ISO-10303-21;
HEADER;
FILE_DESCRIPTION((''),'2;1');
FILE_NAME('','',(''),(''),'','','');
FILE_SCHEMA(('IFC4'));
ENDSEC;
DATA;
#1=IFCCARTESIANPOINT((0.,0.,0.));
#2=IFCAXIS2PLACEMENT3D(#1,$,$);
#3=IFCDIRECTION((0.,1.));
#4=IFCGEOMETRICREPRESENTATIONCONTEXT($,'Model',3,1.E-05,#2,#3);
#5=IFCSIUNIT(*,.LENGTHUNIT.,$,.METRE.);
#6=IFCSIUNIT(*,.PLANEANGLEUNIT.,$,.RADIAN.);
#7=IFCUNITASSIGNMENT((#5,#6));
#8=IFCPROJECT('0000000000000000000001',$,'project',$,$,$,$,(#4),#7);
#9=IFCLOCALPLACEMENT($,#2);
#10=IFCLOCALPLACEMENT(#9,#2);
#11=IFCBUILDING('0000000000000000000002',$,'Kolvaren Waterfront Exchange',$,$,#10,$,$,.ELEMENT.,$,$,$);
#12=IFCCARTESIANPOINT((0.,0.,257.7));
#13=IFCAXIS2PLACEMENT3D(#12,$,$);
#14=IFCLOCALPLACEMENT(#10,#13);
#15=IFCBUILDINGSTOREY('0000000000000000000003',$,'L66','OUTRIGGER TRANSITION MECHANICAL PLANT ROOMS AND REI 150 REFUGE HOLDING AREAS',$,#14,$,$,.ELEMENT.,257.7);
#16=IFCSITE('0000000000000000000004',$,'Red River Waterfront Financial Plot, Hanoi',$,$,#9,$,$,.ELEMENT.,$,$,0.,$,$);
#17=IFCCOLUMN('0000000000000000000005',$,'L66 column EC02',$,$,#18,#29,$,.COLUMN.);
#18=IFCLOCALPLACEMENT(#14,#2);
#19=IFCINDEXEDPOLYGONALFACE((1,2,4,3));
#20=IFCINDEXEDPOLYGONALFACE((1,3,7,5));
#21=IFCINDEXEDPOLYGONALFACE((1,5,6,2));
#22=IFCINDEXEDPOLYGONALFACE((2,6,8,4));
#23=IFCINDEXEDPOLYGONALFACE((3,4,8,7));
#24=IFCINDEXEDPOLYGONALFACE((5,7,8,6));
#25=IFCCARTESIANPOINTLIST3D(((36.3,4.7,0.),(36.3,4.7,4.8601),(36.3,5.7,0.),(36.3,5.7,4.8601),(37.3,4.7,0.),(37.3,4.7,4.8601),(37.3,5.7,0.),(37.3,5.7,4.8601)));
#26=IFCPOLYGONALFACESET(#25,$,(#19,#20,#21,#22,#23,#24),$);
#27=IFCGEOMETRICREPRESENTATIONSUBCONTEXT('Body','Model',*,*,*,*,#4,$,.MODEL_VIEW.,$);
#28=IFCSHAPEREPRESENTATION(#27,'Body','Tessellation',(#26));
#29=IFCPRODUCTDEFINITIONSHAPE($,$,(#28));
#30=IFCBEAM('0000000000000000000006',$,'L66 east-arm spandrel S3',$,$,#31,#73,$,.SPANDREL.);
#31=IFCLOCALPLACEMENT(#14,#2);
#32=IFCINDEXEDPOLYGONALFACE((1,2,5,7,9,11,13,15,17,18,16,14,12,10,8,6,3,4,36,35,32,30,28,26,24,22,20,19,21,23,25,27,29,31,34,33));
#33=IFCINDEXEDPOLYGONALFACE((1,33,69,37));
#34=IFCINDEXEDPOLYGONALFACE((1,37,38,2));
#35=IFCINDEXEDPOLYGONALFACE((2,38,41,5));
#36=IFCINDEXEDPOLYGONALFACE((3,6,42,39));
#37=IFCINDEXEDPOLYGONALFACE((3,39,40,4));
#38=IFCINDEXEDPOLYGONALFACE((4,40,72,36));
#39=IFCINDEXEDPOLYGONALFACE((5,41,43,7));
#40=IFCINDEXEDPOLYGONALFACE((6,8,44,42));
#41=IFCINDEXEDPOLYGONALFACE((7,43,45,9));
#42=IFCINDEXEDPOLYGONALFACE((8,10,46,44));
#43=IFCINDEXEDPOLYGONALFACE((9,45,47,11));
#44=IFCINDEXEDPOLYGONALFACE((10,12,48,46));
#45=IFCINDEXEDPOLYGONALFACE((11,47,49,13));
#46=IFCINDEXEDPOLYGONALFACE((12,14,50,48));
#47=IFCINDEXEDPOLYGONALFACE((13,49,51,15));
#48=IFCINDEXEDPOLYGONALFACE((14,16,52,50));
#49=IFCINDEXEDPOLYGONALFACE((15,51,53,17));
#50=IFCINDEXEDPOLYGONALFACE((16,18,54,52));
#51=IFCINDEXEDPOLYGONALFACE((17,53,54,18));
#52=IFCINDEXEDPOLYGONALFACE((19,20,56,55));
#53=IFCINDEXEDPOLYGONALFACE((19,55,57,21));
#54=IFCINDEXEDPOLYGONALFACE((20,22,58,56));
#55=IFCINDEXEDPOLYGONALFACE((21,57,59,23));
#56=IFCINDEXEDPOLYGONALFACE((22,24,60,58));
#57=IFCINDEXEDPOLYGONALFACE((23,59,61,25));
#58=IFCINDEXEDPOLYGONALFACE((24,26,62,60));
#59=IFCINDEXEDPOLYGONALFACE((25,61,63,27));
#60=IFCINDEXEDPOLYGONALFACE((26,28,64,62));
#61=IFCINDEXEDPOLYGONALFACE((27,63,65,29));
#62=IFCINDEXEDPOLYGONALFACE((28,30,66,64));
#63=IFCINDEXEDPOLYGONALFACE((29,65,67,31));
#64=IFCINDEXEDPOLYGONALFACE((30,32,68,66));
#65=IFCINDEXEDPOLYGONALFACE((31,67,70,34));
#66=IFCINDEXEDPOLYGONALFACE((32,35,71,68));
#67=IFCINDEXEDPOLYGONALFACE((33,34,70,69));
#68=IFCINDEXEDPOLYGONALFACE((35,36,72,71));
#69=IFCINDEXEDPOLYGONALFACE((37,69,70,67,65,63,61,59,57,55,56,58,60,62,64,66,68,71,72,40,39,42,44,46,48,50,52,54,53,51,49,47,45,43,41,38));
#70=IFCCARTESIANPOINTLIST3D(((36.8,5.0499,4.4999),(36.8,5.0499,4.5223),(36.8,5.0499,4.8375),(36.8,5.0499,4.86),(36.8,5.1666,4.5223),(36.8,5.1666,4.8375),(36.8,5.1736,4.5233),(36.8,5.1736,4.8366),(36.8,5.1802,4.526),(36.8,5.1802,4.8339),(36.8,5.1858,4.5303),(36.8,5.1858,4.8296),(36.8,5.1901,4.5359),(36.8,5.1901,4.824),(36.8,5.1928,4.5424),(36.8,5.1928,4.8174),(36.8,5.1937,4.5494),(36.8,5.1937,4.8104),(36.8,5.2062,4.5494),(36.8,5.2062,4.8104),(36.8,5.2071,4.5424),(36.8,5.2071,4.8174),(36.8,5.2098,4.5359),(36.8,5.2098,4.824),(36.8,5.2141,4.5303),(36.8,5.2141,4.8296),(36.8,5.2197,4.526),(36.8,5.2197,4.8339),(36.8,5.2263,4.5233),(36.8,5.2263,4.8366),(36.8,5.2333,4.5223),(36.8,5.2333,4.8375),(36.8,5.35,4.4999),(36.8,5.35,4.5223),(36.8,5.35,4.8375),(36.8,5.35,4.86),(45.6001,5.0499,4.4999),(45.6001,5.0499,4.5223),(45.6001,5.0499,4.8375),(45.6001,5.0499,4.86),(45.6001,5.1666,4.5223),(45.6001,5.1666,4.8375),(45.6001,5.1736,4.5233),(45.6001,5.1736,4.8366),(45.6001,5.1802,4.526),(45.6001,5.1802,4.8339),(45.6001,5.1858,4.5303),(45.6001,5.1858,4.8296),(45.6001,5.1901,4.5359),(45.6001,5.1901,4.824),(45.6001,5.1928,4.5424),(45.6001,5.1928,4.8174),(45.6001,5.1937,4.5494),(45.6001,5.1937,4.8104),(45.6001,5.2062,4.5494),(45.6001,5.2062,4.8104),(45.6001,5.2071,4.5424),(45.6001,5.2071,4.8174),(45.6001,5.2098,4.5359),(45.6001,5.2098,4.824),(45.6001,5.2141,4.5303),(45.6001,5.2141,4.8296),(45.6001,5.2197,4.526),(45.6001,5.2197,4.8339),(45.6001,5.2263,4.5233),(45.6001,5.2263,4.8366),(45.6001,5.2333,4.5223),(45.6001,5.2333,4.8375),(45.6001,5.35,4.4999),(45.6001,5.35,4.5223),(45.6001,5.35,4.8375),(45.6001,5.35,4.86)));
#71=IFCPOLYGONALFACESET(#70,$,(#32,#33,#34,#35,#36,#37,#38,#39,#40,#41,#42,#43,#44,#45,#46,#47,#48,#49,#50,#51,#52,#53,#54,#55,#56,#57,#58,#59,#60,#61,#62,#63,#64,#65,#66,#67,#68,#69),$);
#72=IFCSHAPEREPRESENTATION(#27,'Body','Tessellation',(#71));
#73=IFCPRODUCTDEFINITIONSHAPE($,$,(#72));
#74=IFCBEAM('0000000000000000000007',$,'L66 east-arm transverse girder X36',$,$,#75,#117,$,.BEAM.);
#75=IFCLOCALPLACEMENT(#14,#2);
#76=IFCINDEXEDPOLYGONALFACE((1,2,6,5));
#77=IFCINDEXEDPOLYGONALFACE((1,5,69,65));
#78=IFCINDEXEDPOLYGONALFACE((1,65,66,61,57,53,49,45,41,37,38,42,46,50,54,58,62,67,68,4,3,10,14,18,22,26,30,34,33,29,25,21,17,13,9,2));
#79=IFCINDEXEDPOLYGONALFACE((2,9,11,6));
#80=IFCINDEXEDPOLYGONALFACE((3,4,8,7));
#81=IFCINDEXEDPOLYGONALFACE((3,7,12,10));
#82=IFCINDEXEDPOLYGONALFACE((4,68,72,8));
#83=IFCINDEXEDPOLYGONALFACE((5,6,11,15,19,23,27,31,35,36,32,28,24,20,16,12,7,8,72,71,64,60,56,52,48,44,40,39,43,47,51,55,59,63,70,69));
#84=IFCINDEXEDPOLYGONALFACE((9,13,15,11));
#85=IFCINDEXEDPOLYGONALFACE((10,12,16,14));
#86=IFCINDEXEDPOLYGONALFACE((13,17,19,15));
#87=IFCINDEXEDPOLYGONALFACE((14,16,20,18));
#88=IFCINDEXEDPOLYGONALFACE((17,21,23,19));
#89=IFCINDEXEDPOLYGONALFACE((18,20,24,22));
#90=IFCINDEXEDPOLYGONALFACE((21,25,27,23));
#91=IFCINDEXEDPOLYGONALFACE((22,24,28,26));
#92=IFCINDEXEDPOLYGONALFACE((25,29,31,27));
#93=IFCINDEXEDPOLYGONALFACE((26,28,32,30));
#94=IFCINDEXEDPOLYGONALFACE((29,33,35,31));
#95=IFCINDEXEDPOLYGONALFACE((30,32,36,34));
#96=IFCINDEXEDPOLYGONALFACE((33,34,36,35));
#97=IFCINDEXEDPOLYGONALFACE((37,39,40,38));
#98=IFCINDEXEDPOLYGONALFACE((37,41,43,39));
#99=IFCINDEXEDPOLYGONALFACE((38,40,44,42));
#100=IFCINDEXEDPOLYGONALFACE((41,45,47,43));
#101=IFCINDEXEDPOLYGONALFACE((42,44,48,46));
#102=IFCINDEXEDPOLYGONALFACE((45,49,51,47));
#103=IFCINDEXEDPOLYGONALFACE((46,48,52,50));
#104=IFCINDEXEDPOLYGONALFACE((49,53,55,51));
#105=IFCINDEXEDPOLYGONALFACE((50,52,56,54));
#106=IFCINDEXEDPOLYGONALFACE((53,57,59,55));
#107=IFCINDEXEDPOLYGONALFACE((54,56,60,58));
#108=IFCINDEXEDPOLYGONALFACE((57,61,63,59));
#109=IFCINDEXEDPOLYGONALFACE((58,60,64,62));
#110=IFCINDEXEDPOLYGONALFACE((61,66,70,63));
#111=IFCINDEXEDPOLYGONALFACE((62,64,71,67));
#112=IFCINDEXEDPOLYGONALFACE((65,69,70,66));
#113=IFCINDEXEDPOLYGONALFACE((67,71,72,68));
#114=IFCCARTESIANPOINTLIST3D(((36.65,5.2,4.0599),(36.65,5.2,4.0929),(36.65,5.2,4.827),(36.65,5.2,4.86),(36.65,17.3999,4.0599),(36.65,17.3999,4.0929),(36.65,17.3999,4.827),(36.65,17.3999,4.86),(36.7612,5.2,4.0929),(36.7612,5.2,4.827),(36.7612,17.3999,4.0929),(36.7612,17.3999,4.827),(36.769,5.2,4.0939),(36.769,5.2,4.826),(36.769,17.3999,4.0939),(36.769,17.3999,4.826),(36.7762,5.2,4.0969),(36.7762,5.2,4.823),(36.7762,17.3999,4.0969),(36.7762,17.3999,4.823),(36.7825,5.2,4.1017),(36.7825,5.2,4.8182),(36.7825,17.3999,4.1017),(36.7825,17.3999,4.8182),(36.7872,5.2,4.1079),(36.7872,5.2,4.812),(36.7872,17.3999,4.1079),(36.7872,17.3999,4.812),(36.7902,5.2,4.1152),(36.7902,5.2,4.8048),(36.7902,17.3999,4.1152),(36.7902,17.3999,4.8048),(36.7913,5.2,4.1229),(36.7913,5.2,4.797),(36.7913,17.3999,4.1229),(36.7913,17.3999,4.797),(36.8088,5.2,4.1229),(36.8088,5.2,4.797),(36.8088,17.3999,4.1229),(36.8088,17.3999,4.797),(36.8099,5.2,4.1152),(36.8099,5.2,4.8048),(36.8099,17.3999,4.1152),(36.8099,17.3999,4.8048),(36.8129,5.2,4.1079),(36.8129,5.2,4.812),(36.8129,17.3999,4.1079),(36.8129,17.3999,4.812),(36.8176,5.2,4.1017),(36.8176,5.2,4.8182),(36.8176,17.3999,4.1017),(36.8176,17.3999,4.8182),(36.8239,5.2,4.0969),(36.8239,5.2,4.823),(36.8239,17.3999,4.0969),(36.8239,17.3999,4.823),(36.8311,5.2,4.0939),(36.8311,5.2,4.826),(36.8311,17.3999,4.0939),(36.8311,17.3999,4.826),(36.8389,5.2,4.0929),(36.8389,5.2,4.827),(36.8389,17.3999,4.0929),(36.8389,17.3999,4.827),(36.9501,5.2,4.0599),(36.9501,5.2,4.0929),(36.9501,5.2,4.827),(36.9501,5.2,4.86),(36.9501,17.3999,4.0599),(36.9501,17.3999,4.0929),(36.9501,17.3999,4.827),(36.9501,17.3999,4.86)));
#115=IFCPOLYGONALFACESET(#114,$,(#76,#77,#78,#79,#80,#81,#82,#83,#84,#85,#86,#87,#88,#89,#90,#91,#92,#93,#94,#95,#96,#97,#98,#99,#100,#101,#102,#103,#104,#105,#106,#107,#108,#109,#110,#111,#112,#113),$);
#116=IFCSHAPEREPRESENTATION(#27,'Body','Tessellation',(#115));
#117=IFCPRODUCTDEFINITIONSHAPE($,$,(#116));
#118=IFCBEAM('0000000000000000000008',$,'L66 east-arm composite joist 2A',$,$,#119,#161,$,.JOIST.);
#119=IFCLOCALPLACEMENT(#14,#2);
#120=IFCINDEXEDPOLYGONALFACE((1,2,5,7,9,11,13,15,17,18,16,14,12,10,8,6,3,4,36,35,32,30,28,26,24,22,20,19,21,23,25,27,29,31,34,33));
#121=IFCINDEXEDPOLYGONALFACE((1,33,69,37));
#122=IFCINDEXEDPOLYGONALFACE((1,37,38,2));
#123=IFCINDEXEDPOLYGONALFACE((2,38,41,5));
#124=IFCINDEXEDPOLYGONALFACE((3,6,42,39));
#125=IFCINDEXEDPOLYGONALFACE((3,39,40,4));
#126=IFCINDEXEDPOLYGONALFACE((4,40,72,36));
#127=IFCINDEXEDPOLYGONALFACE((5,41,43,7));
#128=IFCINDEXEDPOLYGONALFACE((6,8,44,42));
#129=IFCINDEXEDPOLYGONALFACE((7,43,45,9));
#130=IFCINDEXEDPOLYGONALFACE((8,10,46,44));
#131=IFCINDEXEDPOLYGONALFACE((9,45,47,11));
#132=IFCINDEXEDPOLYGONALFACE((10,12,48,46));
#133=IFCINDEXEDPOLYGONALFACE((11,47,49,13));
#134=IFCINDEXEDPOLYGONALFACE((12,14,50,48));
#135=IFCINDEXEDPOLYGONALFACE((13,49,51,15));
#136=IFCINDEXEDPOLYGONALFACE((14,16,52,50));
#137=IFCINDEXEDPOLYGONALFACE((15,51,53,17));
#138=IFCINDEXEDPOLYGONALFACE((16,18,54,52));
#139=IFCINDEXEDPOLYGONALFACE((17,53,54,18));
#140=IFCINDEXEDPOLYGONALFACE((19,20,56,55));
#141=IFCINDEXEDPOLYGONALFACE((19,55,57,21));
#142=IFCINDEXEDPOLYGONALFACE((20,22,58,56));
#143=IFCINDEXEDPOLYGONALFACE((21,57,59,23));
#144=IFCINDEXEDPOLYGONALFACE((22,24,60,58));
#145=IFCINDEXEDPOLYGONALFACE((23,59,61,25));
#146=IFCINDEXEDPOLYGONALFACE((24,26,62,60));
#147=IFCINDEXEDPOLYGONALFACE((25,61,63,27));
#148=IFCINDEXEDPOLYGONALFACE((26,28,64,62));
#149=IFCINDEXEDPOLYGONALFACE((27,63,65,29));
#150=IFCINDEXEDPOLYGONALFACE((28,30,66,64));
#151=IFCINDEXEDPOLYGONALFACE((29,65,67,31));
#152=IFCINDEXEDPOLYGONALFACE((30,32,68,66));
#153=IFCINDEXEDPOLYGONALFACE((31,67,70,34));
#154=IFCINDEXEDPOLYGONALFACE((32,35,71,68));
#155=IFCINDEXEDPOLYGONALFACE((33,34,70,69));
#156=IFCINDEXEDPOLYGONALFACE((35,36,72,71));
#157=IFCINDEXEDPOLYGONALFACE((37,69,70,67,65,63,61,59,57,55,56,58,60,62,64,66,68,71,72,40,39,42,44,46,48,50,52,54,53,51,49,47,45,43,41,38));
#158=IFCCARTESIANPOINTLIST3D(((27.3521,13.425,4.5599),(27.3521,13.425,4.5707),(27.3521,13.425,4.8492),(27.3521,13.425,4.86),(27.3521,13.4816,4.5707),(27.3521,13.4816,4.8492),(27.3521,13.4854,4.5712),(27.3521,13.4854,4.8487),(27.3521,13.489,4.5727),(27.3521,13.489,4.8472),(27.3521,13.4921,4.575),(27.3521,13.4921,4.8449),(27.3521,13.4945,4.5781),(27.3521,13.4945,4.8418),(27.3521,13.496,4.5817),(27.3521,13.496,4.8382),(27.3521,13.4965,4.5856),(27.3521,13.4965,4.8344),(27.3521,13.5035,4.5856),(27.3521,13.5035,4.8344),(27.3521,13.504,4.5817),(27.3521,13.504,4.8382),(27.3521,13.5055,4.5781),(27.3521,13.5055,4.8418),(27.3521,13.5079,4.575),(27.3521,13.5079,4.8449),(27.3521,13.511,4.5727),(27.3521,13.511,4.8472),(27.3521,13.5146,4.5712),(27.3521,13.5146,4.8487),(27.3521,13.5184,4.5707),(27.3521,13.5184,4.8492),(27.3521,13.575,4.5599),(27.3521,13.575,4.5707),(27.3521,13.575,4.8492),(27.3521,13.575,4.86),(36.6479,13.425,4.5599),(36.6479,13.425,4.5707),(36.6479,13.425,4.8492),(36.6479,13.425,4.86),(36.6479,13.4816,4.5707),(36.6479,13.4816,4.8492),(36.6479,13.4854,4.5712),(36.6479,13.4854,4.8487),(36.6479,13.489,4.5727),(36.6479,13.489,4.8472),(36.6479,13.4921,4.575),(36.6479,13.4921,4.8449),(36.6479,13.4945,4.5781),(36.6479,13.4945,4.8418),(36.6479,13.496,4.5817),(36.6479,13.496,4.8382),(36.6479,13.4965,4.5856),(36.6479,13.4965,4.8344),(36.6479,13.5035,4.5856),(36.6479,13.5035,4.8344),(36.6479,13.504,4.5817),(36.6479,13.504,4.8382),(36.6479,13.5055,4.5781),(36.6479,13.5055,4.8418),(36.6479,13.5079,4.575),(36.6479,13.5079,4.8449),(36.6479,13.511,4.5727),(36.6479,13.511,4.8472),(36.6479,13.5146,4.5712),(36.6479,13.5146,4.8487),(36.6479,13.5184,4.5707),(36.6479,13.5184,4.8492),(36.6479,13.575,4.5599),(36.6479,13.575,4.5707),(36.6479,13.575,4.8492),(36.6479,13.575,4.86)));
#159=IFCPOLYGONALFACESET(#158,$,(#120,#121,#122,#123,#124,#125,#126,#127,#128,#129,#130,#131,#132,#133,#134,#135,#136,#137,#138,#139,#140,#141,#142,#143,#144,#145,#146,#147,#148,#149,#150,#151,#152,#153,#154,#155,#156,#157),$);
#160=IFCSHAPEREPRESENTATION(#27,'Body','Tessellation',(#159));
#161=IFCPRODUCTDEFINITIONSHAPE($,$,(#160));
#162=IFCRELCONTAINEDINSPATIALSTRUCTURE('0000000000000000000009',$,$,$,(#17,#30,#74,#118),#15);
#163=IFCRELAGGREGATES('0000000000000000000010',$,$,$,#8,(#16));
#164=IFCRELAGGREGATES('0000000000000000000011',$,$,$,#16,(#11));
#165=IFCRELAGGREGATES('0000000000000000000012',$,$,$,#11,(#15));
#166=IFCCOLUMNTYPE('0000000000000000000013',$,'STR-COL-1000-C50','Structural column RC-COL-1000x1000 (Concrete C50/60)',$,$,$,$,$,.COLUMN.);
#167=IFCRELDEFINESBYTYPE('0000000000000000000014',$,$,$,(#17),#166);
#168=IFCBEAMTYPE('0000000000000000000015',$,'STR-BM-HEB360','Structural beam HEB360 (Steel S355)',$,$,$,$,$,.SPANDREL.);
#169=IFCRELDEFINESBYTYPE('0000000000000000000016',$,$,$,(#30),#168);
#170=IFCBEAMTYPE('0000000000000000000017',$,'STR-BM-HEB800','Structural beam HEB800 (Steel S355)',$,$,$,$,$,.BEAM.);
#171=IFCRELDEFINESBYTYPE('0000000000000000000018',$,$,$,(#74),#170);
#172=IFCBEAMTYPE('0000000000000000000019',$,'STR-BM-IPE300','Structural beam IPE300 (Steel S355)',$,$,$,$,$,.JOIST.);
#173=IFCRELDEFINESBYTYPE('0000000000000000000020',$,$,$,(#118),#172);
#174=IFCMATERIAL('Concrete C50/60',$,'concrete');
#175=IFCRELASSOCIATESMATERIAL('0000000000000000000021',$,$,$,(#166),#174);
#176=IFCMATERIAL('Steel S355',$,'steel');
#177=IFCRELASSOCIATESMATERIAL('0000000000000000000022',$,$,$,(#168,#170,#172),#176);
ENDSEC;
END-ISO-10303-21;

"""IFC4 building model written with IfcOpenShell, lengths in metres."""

from ifc_helpers import new_model, si_unit, direction, frame, origin, origin_2d, place, context, subcontext, project, spatial, rectangle, i_section, extrude, material, material_profile, profile_set, type_object, element, save


model = new_model("IFC4")

# Units and contexts
model_context = context("Model", 3, precision=1e-05, world=origin(), true_north=direction((0.0, 1.0)))
body_context = subcontext(model_context, "Body", "Model", "MODEL_VIEW")
ifc_project = project(units=[si_unit("LENGTHUNIT", "METRE"), si_unit("PLANEANGLEUNIT", "RADIAN")], contexts=[model_context])

# Site, building, storey
site_placement = place(None, origin())
site = spatial("IfcSite", under=ifc_project, at=site_placement, Name="Red River Waterfront Financial Plot, Hanoi", CompositionType="ELEMENT", RefElevation=0.0)
building_placement = place(site_placement, origin())
building = spatial("IfcBuilding", under=site, at=building_placement, Name="Kolvaren Waterfront Exchange", CompositionType="ELEMENT")
storey_placement = place(building_placement, frame((0.0, 0.0, 257.7)))
storey = spatial("IfcBuildingStorey", under=building, at=storey_placement, Name="L66", Description="OUTRIGGER TRANSITION MECHANICAL PLANT ROOMS AND REI 150 REFUGE HOLDING AREAS", CompositionType="ELEMENT", Elevation=257.7)

# Column
ifc_material_1 = material(Name="Concrete C50/60", Category="concrete")
ifc_material_profile_1 = material_profile(ifc_material_1, rectangle(XDim=1.0, YDim=1.0, at=origin_2d()), Name="RC-COL-1000x1000")
ifc_profile_set_1 = profile_set([ifc_material_profile_1], Name="Concrete C50/60")
column_type = type_object("IfcColumnType", Name="STR-COL-1000-C50", Description="Structural column RC-COL-1000x1000 (Concrete C50/60)", PredefinedType="COLUMN", material=ifc_profile_set_1)
column_placement = place(storey_placement, frame((36.8, 5.2, 0.0), z_axis=(0.0, 0.0, 1.0), x_axis=(1.0, 0.0, 0.0)))
element("IfcColumn", 1, at=column_placement, inside=storey, type_object=column_type, Name="L66 column EC02", PredefinedType="COLUMN", context=body_context, shape_type="SweptSolid", body=[
    extrude(rectangle(XDim=1.0, YDim=1.0, at=origin_2d()), origin(), (0.0, 0.0, 1.0), 4.8601),
])

# Beams
ifc_material_2 = material(Name="Steel S355", Category="steel")
ifc_material_profile_2 = material_profile(ifc_material_2, i_section(OverallWidth=0.3, OverallDepth=0.3601, WebThickness=0.0125, FlangeThickness=0.0225, FilletRadius=0.0271, at=origin_2d()), Name="HEB360")
ifc_profile_set_2 = profile_set([ifc_material_profile_2], Name="Steel S355")
beam_type_1 = type_object("IfcBeamType", Name="STR-BM-HEB360", Description="Structural beam HEB360 (Steel S355)", PredefinedType="SPANDREL", material=ifc_profile_set_2)
beam_1_placement = place(storey_placement, frame((36.8, 5.2, 4.6799), z_axis=(1.0, 0.0, 0.0), x_axis=(0.0, 1.0, 0.0)))
element("IfcBeam", 2, at=beam_1_placement, inside=storey, type_object=beam_type_1, Name="L66 east-arm spandrel S3", PredefinedType="SPANDREL", context=body_context, shape_type="SweptSolid", body=[
    extrude(i_section(OverallWidth=0.3, OverallDepth=0.3601, WebThickness=0.0125, FlangeThickness=0.0225, FilletRadius=0.0271, at=origin_2d()), origin(), (0.0, 0.0, 1.0), 8.8),
])
ifc_material_profile_3 = material_profile(ifc_material_2, i_section(OverallWidth=0.3, OverallDepth=0.8, WebThickness=0.0176, FlangeThickness=0.033, FilletRadius=0.03, at=origin_2d()), Name="HEB800")
ifc_profile_set_3 = profile_set([ifc_material_profile_3], Name="Steel S355")
beam_type_2 = type_object("IfcBeamType", Name="STR-BM-HEB800", Description="Structural beam HEB800 (Steel S355)", PredefinedType="BEAM", material=ifc_profile_set_3)
beam_2_placement = place(storey_placement, frame((36.8, 5.2, 4.46), z_axis=(0.0, 1.0, 0.0), x_axis=(-1.0, 0.0, 0.0)))
element("IfcBeam", 3, at=beam_2_placement, inside=storey, type_object=beam_type_2, Name="L66 east-arm transverse girder X36", PredefinedType="BEAM", context=body_context, shape_type="SweptSolid", body=[
    extrude(i_section(OverallWidth=0.3, OverallDepth=0.8, WebThickness=0.0176, FlangeThickness=0.033, FilletRadius=0.03, at=origin_2d()), origin(), (0.0, 0.0, 1.0), 12.2),
])
ifc_material_profile_4 = material_profile(ifc_material_2, i_section(OverallWidth=0.1499, OverallDepth=0.3, WebThickness=0.0071, FlangeThickness=0.0107, FilletRadius=0.0149, at=origin_2d()), Name="IPE300")
ifc_profile_set_4 = profile_set([ifc_material_profile_4], Name="Steel S355")
beam_type_3 = type_object("IfcBeamType", Name="STR-BM-IPE300", Description="Structural beam IPE300 (Steel S355)", PredefinedType="JOIST", material=ifc_profile_set_4)
for number, where, z_axis, x_axis, name in (
    (4, (27.3521, 13.5, 4.71), (1.0, 0.0, 0.0), (0.0, 1.0, 0.0), "L66 east-arm composite joist 2A"),
):
    element("IfcBeam", number, at=place(storey_placement, frame(where, z_axis=z_axis, x_axis=x_axis)), inside=storey, type_object=beam_type_3, Name=name, PredefinedType="JOIST", context=body_context, shape_type="SweptSolid", body=[
        extrude(i_section(OverallWidth=0.1499, OverallDepth=0.3, WebThickness=0.0071, FlangeThickness=0.0107, FilletRadius=0.0149, at=origin_2d()), origin(), (0.0, 0.0, 1.0), 9.2959),
    ])

save(model, "model.ifc")
